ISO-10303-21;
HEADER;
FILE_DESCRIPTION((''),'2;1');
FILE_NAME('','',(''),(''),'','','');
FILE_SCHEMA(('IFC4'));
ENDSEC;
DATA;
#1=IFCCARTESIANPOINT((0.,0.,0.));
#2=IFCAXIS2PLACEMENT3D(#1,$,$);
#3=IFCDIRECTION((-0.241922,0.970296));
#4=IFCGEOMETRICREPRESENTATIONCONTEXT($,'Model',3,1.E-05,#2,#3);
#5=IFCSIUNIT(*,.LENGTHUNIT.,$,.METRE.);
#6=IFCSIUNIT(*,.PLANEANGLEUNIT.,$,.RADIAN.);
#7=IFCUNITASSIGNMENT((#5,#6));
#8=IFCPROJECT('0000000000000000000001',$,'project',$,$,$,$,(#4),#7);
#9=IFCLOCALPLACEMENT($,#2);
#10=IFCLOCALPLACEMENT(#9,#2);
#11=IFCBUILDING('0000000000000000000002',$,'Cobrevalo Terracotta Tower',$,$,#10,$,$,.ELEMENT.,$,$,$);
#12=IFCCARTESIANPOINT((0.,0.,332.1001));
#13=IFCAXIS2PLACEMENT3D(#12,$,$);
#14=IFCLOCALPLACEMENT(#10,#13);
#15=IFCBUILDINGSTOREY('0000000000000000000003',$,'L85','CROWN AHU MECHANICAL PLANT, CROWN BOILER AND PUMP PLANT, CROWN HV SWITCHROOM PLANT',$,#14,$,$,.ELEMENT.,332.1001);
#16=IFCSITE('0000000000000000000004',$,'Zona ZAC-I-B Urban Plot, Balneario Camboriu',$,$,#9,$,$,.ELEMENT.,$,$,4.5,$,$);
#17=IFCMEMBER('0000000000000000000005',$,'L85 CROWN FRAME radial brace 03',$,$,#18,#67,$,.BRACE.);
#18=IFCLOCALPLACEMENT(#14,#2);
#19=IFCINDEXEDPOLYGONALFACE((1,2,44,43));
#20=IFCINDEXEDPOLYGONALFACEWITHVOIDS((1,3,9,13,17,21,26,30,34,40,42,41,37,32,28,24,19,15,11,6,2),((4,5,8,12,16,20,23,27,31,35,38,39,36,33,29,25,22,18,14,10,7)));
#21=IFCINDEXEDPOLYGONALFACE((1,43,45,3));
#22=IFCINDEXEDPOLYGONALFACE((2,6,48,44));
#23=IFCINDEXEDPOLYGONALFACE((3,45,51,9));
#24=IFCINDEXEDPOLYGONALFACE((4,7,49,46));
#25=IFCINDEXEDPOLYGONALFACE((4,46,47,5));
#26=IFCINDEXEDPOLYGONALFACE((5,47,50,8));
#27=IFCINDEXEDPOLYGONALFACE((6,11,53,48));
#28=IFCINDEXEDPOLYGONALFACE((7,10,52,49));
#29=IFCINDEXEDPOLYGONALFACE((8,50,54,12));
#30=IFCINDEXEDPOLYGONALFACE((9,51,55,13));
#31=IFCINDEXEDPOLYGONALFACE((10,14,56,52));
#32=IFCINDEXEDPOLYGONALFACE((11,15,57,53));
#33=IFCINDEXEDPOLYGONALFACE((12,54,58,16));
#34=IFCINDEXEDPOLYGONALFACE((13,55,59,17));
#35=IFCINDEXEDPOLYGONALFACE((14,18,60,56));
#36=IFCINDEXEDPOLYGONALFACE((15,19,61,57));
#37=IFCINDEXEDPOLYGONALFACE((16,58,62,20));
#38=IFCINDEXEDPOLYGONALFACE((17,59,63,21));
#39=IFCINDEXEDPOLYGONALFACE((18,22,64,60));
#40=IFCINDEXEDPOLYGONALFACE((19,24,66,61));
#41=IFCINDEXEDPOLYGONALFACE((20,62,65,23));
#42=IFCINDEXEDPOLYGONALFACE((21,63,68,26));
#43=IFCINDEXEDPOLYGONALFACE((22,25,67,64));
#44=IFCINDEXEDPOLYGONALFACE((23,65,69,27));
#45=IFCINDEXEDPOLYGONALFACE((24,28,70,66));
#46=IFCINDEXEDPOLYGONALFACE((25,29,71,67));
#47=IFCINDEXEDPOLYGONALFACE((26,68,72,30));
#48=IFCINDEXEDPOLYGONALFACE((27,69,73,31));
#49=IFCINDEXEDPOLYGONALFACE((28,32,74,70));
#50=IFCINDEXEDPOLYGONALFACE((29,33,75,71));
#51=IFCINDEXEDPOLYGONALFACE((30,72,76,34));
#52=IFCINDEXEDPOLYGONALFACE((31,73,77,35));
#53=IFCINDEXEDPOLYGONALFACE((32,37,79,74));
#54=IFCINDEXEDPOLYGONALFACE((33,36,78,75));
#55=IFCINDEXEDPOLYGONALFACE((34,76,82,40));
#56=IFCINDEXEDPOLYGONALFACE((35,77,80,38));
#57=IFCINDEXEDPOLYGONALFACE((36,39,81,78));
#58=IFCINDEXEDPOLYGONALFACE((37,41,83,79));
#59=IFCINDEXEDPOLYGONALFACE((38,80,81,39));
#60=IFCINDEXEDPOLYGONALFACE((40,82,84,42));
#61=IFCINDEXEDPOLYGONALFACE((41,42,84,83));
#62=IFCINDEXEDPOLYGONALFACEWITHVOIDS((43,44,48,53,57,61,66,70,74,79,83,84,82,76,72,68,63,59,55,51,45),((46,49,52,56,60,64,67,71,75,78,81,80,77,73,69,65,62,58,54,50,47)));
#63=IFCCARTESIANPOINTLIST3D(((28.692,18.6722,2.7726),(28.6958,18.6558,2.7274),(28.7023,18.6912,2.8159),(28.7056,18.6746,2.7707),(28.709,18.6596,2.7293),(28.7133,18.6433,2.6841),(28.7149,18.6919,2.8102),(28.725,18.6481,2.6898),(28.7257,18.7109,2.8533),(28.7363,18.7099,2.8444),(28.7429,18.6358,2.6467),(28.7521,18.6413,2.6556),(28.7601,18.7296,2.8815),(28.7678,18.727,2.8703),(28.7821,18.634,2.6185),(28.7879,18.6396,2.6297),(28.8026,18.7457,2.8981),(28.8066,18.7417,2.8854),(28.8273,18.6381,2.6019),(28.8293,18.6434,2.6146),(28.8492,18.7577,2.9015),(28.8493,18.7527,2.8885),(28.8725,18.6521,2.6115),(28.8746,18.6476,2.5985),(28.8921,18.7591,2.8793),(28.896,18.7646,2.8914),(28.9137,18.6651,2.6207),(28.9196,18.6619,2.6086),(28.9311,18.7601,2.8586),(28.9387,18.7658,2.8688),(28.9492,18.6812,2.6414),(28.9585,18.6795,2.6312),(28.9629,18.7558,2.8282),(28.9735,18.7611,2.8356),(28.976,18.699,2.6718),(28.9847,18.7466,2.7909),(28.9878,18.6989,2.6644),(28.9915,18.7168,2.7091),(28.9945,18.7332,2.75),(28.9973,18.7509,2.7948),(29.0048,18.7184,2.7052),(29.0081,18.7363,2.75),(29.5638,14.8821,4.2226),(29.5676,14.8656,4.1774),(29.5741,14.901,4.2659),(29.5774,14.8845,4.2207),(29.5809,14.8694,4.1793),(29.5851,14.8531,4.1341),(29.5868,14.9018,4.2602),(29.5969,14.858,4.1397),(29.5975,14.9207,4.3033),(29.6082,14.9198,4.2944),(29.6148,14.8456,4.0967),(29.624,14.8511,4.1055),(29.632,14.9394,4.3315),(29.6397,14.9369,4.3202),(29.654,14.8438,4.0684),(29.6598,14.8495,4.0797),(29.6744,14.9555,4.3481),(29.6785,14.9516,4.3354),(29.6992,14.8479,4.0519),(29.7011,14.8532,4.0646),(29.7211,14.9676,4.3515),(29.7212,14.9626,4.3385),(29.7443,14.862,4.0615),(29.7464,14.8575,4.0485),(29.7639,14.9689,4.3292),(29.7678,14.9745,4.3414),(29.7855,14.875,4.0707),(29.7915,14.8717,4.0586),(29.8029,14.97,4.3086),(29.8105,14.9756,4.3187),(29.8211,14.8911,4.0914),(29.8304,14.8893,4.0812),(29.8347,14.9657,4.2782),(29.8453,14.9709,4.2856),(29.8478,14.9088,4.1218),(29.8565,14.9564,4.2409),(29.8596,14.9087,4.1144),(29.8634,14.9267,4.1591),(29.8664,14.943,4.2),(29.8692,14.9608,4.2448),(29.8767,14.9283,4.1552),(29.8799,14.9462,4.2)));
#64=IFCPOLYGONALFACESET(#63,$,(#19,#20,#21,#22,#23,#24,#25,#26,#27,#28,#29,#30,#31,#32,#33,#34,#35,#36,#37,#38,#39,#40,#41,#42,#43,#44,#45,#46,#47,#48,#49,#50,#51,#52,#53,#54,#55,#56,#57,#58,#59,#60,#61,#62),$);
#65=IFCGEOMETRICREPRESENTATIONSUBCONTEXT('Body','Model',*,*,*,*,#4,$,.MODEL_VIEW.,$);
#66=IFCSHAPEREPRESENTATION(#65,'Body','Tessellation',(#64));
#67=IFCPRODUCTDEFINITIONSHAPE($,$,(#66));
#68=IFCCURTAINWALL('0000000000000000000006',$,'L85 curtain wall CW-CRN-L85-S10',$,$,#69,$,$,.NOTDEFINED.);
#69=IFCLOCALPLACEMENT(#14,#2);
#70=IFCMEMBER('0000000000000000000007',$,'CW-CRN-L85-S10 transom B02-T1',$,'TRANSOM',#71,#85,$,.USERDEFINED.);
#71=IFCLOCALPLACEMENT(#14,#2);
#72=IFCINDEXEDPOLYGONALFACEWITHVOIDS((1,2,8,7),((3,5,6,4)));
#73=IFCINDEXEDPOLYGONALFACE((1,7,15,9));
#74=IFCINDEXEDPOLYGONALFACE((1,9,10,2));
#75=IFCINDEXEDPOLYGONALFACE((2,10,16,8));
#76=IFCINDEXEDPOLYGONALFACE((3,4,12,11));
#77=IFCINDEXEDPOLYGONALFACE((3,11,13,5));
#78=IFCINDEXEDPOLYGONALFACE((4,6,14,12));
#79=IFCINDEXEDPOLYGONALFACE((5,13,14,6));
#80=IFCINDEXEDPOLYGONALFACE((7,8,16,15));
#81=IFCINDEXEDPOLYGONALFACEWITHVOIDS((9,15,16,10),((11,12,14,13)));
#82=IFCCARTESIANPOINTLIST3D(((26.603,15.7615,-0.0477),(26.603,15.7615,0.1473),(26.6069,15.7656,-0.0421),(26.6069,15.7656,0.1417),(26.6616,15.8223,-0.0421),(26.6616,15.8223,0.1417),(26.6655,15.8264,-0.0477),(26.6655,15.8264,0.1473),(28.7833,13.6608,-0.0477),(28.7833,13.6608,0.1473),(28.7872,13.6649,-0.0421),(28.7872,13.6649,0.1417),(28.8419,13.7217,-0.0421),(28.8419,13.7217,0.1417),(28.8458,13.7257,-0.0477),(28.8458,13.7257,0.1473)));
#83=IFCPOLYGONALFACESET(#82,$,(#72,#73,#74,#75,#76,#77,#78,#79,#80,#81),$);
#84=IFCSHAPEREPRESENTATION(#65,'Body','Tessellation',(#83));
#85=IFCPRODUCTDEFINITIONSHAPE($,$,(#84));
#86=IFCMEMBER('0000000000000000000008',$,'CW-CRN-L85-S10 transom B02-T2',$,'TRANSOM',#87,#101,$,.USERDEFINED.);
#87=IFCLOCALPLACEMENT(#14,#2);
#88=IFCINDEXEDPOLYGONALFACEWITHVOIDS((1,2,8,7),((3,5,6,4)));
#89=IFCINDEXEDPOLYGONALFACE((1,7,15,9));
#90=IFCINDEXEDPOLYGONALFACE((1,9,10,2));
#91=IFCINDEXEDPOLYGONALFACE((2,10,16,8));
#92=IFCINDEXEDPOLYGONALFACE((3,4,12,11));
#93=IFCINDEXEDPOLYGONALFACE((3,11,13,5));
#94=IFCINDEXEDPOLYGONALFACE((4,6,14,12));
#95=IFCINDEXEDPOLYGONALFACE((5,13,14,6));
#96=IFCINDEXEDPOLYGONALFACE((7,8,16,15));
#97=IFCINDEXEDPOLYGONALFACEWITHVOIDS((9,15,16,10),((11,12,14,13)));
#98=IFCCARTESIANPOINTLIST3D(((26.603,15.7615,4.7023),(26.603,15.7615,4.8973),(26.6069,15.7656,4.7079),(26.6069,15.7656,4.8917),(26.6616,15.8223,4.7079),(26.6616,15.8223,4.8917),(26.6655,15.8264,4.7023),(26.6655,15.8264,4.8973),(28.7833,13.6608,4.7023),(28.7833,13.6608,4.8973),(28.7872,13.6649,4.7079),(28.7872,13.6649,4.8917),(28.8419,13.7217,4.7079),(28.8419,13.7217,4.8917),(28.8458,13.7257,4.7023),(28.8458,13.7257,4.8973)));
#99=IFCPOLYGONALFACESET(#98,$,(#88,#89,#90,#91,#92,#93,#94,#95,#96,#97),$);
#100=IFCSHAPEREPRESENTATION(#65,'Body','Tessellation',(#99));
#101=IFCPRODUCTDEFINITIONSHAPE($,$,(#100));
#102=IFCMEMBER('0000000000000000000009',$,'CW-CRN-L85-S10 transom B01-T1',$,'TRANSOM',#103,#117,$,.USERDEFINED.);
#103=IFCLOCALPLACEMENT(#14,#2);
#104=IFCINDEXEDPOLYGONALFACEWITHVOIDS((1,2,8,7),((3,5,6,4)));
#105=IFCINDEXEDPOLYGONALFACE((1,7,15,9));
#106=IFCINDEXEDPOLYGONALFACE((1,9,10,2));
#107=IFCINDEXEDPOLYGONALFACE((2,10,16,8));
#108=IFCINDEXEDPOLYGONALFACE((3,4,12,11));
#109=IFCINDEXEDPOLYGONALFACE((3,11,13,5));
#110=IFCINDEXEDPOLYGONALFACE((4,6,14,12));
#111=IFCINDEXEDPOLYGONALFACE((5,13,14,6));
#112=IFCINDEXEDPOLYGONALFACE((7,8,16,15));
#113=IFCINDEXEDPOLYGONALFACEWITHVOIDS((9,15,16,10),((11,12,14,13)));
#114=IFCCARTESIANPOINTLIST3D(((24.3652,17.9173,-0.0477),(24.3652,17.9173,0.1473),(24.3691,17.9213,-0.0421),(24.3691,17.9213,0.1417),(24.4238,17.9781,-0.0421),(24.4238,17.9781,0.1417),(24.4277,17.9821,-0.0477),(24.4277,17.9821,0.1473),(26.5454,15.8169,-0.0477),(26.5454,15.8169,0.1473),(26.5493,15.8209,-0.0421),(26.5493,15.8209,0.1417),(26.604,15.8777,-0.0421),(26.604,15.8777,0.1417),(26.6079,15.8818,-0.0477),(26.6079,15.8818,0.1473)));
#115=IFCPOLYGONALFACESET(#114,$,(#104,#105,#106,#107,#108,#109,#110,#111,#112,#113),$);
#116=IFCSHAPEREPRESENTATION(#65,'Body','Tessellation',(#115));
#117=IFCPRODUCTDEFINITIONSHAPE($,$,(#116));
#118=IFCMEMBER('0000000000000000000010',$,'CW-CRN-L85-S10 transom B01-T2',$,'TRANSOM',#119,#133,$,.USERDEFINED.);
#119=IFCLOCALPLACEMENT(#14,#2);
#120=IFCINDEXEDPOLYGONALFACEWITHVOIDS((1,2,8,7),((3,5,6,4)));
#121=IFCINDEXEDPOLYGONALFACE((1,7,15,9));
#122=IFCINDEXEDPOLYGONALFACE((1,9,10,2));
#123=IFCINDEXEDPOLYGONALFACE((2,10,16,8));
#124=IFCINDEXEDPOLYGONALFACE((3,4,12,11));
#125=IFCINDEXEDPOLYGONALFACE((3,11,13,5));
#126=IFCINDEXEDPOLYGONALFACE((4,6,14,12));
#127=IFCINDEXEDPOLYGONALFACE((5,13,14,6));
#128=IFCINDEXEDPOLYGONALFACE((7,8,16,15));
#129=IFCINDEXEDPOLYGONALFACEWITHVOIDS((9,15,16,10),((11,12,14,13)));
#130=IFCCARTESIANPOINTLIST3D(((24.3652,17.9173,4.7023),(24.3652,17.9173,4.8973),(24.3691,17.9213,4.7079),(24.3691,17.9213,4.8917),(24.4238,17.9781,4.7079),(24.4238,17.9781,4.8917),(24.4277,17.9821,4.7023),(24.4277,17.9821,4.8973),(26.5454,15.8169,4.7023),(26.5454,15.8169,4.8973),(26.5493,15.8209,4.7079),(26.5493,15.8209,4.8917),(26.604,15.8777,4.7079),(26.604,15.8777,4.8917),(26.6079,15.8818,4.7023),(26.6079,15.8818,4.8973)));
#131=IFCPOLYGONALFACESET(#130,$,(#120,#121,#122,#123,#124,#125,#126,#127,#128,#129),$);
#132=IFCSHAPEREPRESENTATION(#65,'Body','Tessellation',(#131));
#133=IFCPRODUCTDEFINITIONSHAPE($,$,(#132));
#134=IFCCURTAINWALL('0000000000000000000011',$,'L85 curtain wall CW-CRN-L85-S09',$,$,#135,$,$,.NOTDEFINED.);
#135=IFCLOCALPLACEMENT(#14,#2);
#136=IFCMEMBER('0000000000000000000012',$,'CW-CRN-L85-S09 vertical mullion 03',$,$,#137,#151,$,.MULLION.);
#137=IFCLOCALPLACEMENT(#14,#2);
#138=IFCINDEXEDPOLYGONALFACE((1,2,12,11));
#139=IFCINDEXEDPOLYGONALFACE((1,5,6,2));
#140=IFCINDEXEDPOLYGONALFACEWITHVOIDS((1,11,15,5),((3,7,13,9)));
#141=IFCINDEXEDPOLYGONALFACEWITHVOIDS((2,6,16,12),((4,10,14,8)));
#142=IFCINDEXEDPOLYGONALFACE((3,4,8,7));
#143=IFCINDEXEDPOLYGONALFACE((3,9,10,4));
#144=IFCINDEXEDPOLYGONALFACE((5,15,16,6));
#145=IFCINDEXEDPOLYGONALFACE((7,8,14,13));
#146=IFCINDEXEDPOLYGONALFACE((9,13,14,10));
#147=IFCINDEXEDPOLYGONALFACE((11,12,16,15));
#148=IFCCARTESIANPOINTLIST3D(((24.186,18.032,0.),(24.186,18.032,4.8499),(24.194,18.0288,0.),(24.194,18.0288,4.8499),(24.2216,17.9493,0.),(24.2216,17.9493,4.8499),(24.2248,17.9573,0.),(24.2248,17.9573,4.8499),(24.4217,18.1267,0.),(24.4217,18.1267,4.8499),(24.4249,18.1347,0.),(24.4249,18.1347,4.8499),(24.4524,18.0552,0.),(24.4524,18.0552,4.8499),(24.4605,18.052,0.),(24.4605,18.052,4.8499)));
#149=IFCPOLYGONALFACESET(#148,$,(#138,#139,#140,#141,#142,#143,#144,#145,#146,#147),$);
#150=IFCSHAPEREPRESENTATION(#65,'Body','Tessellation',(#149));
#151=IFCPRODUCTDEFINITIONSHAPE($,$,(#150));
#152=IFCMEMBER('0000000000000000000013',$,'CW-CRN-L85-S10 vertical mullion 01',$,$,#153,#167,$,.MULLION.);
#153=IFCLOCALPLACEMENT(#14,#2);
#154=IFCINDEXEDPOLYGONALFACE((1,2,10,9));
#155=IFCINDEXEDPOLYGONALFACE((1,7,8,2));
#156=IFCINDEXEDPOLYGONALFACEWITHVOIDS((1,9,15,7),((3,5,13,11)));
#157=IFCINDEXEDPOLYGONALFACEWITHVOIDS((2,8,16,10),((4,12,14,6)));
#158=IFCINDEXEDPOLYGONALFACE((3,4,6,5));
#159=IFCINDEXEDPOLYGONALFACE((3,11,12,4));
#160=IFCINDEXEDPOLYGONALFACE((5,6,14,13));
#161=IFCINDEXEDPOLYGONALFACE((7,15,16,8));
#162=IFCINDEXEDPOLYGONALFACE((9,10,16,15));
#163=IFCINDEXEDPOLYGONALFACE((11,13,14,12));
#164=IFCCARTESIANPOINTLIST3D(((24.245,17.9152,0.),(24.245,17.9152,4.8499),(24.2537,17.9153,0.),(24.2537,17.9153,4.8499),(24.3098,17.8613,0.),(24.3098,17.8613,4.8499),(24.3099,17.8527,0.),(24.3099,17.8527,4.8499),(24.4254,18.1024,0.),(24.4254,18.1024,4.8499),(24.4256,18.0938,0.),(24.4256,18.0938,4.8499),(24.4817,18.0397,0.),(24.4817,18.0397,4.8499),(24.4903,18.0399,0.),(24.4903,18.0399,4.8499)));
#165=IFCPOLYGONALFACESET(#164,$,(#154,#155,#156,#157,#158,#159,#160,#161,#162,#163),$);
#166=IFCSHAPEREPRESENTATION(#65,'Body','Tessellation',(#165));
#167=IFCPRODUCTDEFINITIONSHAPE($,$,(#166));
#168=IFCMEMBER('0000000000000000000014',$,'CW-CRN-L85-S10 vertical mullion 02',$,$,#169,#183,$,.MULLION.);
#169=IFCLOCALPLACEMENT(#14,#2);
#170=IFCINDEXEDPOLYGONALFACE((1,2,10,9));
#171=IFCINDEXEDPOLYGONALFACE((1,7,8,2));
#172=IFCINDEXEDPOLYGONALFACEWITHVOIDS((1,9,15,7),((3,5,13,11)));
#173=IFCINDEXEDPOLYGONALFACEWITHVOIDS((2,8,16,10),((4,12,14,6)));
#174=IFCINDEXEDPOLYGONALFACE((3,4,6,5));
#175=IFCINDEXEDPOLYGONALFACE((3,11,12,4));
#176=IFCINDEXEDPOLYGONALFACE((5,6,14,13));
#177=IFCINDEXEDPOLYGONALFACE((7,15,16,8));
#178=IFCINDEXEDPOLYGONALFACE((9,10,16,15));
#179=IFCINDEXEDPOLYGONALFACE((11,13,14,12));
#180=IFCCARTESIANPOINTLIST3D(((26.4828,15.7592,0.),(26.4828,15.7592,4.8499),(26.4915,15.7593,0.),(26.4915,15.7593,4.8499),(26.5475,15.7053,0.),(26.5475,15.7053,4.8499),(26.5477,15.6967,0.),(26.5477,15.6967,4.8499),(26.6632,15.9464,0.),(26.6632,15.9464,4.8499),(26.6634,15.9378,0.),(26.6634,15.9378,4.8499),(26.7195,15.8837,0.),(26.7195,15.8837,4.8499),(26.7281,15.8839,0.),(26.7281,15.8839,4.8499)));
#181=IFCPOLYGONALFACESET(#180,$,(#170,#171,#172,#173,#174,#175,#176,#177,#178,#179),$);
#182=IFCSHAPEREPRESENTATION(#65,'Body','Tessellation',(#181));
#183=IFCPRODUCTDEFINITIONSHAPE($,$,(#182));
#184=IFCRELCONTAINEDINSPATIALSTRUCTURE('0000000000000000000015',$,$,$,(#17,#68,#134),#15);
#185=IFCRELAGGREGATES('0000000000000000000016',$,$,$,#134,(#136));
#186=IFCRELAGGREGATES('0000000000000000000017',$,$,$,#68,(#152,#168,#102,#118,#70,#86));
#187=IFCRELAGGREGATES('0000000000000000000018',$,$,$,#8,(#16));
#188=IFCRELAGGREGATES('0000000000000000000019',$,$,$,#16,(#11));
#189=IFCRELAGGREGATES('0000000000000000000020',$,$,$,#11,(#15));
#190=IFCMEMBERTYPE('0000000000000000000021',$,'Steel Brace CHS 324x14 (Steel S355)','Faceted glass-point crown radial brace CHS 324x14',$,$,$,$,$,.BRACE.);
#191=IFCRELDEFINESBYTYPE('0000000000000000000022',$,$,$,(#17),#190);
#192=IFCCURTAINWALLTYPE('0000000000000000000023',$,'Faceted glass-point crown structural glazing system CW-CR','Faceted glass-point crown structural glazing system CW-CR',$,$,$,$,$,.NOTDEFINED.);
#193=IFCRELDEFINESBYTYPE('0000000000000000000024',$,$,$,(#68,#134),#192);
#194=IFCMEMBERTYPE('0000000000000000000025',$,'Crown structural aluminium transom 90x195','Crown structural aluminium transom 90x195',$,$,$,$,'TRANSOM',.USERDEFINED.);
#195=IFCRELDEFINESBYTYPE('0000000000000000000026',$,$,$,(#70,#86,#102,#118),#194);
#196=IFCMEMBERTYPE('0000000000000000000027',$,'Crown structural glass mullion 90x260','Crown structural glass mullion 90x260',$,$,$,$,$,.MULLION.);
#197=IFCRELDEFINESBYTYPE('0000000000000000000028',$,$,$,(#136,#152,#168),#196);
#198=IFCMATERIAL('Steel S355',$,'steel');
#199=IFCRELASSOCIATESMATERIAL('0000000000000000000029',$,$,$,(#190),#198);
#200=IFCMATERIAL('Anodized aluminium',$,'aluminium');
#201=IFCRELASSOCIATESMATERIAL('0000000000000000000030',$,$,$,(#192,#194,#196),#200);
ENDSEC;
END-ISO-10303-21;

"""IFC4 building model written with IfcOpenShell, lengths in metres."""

from ifc_helpers import new_model, si_unit, direction, frame, origin, origin_2d, place, context, subcontext, project, spatial, hollow_rectangle, hollow_circle, extrude, source, transform, mapped, material, material_profile, profile_set, type_object, element, aggregate, save


model = new_model("IFC4")

# Units and contexts
model_context = context("Model", 3, precision=1e-05, world=origin(), true_north=direction((-0.241922, 0.970296)))
body_context = subcontext(model_context, "Body", "Model", "MODEL_VIEW")
ifc_project = project(units=[si_unit("LENGTHUNIT", "METRE"), si_unit("PLANEANGLEUNIT", "RADIAN")], contexts=[model_context])

# Site, building, storey
site_placement = place(None, origin())
site = spatial("IfcSite", under=ifc_project, at=site_placement, Name="Zona ZAC-I-B Urban Plot, Balneario Camboriu", CompositionType="ELEMENT", RefElevation=4.5)
building_placement = place(site_placement, origin())
building = spatial("IfcBuilding", under=site, at=building_placement, Name="Cobrevalo Terracotta Tower", CompositionType="ELEMENT")
storey_placement = place(building_placement, frame((0.0, 0.0, 332.1001)))
storey = spatial("IfcBuildingStorey", under=building, at=storey_placement, Name="L85", Description="CROWN AHU MECHANICAL PLANT, CROWN BOILER AND PUMP PLANT, CROWN HV SWITCHROOM PLANT", CompositionType="ELEMENT", Elevation=332.1001)

# Shared definitions
ifc_material_1 = material(Name="Steel S355", Category="steel")

# Member
ifc_material_profile_1 = material_profile(ifc_material_1, hollow_circle(Radius=0.1621, WallThickness=0.0139, at=origin_2d()), Name="CHS 324x14")
ifc_profile_set_1 = profile_set([ifc_material_profile_1], Name="Steel S355")
member_type_1 = type_object("IfcMemberType", Name="Steel Brace CHS 324x14 (Steel S355)", Description="Faceted glass-point crown radial brace CHS 324x14", PredefinedType="BRACE", material=ifc_profile_set_1)
shared_shape_1 = source(origin(), body_context, "Body", "SweptSolid", [
    extrude(hollow_circle(Radius=0.1621, WallThickness=0.0139, at=origin_2d()), origin(), (0.0, 0.0, 1.0), 4.1506),
])
member_1_placement = place(storey_placement, frame((28.8501, 18.7, 2.75), z_axis=(0.210052, -0.913147, 0.349342), x_axis=(0.974549, 0.224176, 0.0)))
element("IfcMember", 1, at=member_1_placement, inside=storey, type_object=member_type_1, Name="L85 CROWN FRAME radial brace 03", PredefinedType="BRACE", context=body_context, shape_type="MappedRepresentation", body=[
    mapped(shared_shape_1, transform((0.0, 0.0, 0.0), scale=1.0)),
])

# Curtain wall, members
ifc_material_2 = material(Name="Anodized aluminium", Category="aluminium")
curtain_wall_type = type_object("IfcCurtainWallType", Name="Faceted glass-point crown structural glazing system CW-CR", Description="Faceted glass-point crown structural glazing system CW-CR", PredefinedType="NOTDEFINED", material=ifc_material_2)
curtain_wall_1_placement = place(storey_placement, origin())
curtain_wall_1 = element("IfcCurtainWall", 2, at=curtain_wall_1_placement, inside=storey, type_object=curtain_wall_type, Name="L85 curtain wall CW-CRN-L85-S10", PredefinedType="NOTDEFINED")
ifc_material_profile_2 = material_profile(ifc_material_2, hollow_rectangle(XDim=0.0901, YDim=0.1951, WallThickness=0.0056, at=origin_2d()), Name="CWT 90x195")
ifc_profile_set_2 = profile_set([ifc_material_profile_2], Name="Anodized aluminium")
member_type_2 = type_object("IfcMemberType", Name="Crown structural aluminium transom 90x195", Description="Crown structural aluminium transom 90x195", ElementType="TRANSOM", PredefinedType="USERDEFINED", material=ifc_profile_set_2)
shared_shape_2 = source(origin(), body_context, "Body", "SweptSolid", [
    extrude(hollow_rectangle(XDim=0.0901, YDim=0.1951, WallThickness=0.0056, at=origin_2d()), origin(), (0.0, 0.0, 1.0), 3.0276),
])
member_2_placement = place(storey_placement, frame((26.6343, 15.7939, 0.0498), z_axis=(0.720129, -0.69384, 0.0), x_axis=(0.69384, 0.720129, 0.0)))
member_2 = element("IfcMember", 3, at=member_2_placement, type_object=member_type_2, Name="CW-CRN-L85-S10 transom B02-T1", ObjectType="TRANSOM", PredefinedType="USERDEFINED", context=body_context, shape_type="MappedRepresentation", body=[
    mapped(shared_shape_2, transform((0.0, 0.0, 0.0), scale=1.0)),
])
member_3_placement = place(storey_placement, frame((26.6343, 15.7939, 4.7998), z_axis=(0.720129, -0.69384, 0.0), x_axis=(0.69384, 0.720129, 0.0)))
member_3 = element("IfcMember", 4, at=member_3_placement, type_object=member_type_2, Name="CW-CRN-L85-S10 transom B02-T2", ObjectType="TRANSOM", PredefinedType="USERDEFINED", context=body_context, shape_type="MappedRepresentation", body=[
    mapped(shared_shape_2, transform((0.0, 0.0, 0.0), scale=1.0)),
])
shared_shape_3 = source(origin(), body_context, "Body", "SweptSolid", [
    extrude(hollow_rectangle(XDim=0.0901, YDim=0.1951, WallThickness=0.0056, at=origin_2d()), origin(), (0.0, 0.0, 1.0), 3.0273),
])
member_4_placement = place(storey_placement, frame((24.3965, 17.9497, 0.0498), z_axis=(0.720169, -0.693798, 0.0), x_axis=(0.693798, 0.720169, 0.0)))
member_4 = element("IfcMember", 5, at=member_4_placement, type_object=member_type_2, Name="CW-CRN-L85-S10 transom B01-T1", ObjectType="TRANSOM", PredefinedType="USERDEFINED", context=body_context, shape_type="MappedRepresentation", body=[
    mapped(shared_shape_3, transform((0.0, 0.0, 0.0), scale=1.0)),
])
member_5_placement = place(storey_placement, frame((24.3965, 17.9497, 4.7998), z_axis=(0.720169, -0.693798, 0.0), x_axis=(0.693798, 0.720169, 0.0)))
member_5 = element("IfcMember", 6, at=member_5_placement, type_object=member_type_2, Name="CW-CRN-L85-S10 transom B01-T2", ObjectType="TRANSOM", PredefinedType="USERDEFINED", context=body_context, shape_type="MappedRepresentation", body=[
    mapped(shared_shape_3, transform((0.0, 0.0, 0.0), scale=1.0)),
])

# Curtain wall, member
curtain_wall_2_placement = place(storey_placement, origin())
curtain_wall_2 = element("IfcCurtainWall", 7, at=curtain_wall_2_placement, inside=storey, type_object=curtain_wall_type, Name="L85 curtain wall CW-CRN-L85-S09", PredefinedType="NOTDEFINED")
ifc_material_profile_3 = material_profile(ifc_material_2, hollow_rectangle(XDim=0.0901, YDim=0.26, WallThickness=0.0061, at=origin_2d()), Name="CWM 90x260")
ifc_profile_set_3 = profile_set([ifc_material_profile_3], Name="Anodized aluminium")
member_type_3 = type_object("IfcMemberType", Name="Crown structural glass mullion 90x260", Description="Crown structural glass mullion 90x260", PredefinedType="MULLION", material=ifc_profile_set_3)
shared_shape_4 = source(origin(), body_context, "Body", "SweptSolid", [
    extrude(hollow_rectangle(XDim=0.0901, YDim=0.26, WallThickness=0.0061, at=origin_2d()), origin(), (0.0, 0.0, 1.0), 4.8499),
])
member_6_placement = place(storey_placement, frame((24.3232, 18.042, 0.0), z_axis=(0.0, 0.0, 1.0), x_axis=(0.394968, -0.918695, 0.0)))
member_6 = element("IfcMember", 8, at=member_6_placement, type_object=member_type_3, Name="CW-CRN-L85-S09 vertical mullion 03", PredefinedType="MULLION", context=body_context, shape_type="MappedRepresentation", body=[
    mapped(shared_shape_4, transform((0.0, 0.0, 0.0), scale=1.0)),
])
aggregate(curtain_wall_2, [member_6])

# Members
member_7_placement = place(storey_placement, frame((24.3677, 17.9775, 0.0), z_axis=(0.0, 0.0, 1.0), x_axis=(0.72014, -0.693829, 0.0)))
member_7 = element("IfcMember", 9, at=member_7_placement, type_object=member_type_3, Name="CW-CRN-L85-S10 vertical mullion 01", PredefinedType="MULLION", context=body_context, shape_type="MappedRepresentation", body=[
    mapped(shared_shape_4, transform((0.0, 0.0, 0.0), scale=1.0)),
])
member_8_placement = place(storey_placement, frame((26.6055, 15.8215, 0.0), z_axis=(0.0, 0.0, 1.0), x_axis=(0.72014, -0.693829, 0.0)))
member_8 = element("IfcMember", 10, at=member_8_placement, type_object=member_type_3, Name="CW-CRN-L85-S10 vertical mullion 02", PredefinedType="MULLION", context=body_context, shape_type="MappedRepresentation", body=[
    mapped(shared_shape_4, transform((0.0, 0.0, 0.0), scale=1.0)),
])

aggregate(curtain_wall_1, [member_7, member_8, member_4, member_5, member_2, member_3])

save(model, "model.ifc")
